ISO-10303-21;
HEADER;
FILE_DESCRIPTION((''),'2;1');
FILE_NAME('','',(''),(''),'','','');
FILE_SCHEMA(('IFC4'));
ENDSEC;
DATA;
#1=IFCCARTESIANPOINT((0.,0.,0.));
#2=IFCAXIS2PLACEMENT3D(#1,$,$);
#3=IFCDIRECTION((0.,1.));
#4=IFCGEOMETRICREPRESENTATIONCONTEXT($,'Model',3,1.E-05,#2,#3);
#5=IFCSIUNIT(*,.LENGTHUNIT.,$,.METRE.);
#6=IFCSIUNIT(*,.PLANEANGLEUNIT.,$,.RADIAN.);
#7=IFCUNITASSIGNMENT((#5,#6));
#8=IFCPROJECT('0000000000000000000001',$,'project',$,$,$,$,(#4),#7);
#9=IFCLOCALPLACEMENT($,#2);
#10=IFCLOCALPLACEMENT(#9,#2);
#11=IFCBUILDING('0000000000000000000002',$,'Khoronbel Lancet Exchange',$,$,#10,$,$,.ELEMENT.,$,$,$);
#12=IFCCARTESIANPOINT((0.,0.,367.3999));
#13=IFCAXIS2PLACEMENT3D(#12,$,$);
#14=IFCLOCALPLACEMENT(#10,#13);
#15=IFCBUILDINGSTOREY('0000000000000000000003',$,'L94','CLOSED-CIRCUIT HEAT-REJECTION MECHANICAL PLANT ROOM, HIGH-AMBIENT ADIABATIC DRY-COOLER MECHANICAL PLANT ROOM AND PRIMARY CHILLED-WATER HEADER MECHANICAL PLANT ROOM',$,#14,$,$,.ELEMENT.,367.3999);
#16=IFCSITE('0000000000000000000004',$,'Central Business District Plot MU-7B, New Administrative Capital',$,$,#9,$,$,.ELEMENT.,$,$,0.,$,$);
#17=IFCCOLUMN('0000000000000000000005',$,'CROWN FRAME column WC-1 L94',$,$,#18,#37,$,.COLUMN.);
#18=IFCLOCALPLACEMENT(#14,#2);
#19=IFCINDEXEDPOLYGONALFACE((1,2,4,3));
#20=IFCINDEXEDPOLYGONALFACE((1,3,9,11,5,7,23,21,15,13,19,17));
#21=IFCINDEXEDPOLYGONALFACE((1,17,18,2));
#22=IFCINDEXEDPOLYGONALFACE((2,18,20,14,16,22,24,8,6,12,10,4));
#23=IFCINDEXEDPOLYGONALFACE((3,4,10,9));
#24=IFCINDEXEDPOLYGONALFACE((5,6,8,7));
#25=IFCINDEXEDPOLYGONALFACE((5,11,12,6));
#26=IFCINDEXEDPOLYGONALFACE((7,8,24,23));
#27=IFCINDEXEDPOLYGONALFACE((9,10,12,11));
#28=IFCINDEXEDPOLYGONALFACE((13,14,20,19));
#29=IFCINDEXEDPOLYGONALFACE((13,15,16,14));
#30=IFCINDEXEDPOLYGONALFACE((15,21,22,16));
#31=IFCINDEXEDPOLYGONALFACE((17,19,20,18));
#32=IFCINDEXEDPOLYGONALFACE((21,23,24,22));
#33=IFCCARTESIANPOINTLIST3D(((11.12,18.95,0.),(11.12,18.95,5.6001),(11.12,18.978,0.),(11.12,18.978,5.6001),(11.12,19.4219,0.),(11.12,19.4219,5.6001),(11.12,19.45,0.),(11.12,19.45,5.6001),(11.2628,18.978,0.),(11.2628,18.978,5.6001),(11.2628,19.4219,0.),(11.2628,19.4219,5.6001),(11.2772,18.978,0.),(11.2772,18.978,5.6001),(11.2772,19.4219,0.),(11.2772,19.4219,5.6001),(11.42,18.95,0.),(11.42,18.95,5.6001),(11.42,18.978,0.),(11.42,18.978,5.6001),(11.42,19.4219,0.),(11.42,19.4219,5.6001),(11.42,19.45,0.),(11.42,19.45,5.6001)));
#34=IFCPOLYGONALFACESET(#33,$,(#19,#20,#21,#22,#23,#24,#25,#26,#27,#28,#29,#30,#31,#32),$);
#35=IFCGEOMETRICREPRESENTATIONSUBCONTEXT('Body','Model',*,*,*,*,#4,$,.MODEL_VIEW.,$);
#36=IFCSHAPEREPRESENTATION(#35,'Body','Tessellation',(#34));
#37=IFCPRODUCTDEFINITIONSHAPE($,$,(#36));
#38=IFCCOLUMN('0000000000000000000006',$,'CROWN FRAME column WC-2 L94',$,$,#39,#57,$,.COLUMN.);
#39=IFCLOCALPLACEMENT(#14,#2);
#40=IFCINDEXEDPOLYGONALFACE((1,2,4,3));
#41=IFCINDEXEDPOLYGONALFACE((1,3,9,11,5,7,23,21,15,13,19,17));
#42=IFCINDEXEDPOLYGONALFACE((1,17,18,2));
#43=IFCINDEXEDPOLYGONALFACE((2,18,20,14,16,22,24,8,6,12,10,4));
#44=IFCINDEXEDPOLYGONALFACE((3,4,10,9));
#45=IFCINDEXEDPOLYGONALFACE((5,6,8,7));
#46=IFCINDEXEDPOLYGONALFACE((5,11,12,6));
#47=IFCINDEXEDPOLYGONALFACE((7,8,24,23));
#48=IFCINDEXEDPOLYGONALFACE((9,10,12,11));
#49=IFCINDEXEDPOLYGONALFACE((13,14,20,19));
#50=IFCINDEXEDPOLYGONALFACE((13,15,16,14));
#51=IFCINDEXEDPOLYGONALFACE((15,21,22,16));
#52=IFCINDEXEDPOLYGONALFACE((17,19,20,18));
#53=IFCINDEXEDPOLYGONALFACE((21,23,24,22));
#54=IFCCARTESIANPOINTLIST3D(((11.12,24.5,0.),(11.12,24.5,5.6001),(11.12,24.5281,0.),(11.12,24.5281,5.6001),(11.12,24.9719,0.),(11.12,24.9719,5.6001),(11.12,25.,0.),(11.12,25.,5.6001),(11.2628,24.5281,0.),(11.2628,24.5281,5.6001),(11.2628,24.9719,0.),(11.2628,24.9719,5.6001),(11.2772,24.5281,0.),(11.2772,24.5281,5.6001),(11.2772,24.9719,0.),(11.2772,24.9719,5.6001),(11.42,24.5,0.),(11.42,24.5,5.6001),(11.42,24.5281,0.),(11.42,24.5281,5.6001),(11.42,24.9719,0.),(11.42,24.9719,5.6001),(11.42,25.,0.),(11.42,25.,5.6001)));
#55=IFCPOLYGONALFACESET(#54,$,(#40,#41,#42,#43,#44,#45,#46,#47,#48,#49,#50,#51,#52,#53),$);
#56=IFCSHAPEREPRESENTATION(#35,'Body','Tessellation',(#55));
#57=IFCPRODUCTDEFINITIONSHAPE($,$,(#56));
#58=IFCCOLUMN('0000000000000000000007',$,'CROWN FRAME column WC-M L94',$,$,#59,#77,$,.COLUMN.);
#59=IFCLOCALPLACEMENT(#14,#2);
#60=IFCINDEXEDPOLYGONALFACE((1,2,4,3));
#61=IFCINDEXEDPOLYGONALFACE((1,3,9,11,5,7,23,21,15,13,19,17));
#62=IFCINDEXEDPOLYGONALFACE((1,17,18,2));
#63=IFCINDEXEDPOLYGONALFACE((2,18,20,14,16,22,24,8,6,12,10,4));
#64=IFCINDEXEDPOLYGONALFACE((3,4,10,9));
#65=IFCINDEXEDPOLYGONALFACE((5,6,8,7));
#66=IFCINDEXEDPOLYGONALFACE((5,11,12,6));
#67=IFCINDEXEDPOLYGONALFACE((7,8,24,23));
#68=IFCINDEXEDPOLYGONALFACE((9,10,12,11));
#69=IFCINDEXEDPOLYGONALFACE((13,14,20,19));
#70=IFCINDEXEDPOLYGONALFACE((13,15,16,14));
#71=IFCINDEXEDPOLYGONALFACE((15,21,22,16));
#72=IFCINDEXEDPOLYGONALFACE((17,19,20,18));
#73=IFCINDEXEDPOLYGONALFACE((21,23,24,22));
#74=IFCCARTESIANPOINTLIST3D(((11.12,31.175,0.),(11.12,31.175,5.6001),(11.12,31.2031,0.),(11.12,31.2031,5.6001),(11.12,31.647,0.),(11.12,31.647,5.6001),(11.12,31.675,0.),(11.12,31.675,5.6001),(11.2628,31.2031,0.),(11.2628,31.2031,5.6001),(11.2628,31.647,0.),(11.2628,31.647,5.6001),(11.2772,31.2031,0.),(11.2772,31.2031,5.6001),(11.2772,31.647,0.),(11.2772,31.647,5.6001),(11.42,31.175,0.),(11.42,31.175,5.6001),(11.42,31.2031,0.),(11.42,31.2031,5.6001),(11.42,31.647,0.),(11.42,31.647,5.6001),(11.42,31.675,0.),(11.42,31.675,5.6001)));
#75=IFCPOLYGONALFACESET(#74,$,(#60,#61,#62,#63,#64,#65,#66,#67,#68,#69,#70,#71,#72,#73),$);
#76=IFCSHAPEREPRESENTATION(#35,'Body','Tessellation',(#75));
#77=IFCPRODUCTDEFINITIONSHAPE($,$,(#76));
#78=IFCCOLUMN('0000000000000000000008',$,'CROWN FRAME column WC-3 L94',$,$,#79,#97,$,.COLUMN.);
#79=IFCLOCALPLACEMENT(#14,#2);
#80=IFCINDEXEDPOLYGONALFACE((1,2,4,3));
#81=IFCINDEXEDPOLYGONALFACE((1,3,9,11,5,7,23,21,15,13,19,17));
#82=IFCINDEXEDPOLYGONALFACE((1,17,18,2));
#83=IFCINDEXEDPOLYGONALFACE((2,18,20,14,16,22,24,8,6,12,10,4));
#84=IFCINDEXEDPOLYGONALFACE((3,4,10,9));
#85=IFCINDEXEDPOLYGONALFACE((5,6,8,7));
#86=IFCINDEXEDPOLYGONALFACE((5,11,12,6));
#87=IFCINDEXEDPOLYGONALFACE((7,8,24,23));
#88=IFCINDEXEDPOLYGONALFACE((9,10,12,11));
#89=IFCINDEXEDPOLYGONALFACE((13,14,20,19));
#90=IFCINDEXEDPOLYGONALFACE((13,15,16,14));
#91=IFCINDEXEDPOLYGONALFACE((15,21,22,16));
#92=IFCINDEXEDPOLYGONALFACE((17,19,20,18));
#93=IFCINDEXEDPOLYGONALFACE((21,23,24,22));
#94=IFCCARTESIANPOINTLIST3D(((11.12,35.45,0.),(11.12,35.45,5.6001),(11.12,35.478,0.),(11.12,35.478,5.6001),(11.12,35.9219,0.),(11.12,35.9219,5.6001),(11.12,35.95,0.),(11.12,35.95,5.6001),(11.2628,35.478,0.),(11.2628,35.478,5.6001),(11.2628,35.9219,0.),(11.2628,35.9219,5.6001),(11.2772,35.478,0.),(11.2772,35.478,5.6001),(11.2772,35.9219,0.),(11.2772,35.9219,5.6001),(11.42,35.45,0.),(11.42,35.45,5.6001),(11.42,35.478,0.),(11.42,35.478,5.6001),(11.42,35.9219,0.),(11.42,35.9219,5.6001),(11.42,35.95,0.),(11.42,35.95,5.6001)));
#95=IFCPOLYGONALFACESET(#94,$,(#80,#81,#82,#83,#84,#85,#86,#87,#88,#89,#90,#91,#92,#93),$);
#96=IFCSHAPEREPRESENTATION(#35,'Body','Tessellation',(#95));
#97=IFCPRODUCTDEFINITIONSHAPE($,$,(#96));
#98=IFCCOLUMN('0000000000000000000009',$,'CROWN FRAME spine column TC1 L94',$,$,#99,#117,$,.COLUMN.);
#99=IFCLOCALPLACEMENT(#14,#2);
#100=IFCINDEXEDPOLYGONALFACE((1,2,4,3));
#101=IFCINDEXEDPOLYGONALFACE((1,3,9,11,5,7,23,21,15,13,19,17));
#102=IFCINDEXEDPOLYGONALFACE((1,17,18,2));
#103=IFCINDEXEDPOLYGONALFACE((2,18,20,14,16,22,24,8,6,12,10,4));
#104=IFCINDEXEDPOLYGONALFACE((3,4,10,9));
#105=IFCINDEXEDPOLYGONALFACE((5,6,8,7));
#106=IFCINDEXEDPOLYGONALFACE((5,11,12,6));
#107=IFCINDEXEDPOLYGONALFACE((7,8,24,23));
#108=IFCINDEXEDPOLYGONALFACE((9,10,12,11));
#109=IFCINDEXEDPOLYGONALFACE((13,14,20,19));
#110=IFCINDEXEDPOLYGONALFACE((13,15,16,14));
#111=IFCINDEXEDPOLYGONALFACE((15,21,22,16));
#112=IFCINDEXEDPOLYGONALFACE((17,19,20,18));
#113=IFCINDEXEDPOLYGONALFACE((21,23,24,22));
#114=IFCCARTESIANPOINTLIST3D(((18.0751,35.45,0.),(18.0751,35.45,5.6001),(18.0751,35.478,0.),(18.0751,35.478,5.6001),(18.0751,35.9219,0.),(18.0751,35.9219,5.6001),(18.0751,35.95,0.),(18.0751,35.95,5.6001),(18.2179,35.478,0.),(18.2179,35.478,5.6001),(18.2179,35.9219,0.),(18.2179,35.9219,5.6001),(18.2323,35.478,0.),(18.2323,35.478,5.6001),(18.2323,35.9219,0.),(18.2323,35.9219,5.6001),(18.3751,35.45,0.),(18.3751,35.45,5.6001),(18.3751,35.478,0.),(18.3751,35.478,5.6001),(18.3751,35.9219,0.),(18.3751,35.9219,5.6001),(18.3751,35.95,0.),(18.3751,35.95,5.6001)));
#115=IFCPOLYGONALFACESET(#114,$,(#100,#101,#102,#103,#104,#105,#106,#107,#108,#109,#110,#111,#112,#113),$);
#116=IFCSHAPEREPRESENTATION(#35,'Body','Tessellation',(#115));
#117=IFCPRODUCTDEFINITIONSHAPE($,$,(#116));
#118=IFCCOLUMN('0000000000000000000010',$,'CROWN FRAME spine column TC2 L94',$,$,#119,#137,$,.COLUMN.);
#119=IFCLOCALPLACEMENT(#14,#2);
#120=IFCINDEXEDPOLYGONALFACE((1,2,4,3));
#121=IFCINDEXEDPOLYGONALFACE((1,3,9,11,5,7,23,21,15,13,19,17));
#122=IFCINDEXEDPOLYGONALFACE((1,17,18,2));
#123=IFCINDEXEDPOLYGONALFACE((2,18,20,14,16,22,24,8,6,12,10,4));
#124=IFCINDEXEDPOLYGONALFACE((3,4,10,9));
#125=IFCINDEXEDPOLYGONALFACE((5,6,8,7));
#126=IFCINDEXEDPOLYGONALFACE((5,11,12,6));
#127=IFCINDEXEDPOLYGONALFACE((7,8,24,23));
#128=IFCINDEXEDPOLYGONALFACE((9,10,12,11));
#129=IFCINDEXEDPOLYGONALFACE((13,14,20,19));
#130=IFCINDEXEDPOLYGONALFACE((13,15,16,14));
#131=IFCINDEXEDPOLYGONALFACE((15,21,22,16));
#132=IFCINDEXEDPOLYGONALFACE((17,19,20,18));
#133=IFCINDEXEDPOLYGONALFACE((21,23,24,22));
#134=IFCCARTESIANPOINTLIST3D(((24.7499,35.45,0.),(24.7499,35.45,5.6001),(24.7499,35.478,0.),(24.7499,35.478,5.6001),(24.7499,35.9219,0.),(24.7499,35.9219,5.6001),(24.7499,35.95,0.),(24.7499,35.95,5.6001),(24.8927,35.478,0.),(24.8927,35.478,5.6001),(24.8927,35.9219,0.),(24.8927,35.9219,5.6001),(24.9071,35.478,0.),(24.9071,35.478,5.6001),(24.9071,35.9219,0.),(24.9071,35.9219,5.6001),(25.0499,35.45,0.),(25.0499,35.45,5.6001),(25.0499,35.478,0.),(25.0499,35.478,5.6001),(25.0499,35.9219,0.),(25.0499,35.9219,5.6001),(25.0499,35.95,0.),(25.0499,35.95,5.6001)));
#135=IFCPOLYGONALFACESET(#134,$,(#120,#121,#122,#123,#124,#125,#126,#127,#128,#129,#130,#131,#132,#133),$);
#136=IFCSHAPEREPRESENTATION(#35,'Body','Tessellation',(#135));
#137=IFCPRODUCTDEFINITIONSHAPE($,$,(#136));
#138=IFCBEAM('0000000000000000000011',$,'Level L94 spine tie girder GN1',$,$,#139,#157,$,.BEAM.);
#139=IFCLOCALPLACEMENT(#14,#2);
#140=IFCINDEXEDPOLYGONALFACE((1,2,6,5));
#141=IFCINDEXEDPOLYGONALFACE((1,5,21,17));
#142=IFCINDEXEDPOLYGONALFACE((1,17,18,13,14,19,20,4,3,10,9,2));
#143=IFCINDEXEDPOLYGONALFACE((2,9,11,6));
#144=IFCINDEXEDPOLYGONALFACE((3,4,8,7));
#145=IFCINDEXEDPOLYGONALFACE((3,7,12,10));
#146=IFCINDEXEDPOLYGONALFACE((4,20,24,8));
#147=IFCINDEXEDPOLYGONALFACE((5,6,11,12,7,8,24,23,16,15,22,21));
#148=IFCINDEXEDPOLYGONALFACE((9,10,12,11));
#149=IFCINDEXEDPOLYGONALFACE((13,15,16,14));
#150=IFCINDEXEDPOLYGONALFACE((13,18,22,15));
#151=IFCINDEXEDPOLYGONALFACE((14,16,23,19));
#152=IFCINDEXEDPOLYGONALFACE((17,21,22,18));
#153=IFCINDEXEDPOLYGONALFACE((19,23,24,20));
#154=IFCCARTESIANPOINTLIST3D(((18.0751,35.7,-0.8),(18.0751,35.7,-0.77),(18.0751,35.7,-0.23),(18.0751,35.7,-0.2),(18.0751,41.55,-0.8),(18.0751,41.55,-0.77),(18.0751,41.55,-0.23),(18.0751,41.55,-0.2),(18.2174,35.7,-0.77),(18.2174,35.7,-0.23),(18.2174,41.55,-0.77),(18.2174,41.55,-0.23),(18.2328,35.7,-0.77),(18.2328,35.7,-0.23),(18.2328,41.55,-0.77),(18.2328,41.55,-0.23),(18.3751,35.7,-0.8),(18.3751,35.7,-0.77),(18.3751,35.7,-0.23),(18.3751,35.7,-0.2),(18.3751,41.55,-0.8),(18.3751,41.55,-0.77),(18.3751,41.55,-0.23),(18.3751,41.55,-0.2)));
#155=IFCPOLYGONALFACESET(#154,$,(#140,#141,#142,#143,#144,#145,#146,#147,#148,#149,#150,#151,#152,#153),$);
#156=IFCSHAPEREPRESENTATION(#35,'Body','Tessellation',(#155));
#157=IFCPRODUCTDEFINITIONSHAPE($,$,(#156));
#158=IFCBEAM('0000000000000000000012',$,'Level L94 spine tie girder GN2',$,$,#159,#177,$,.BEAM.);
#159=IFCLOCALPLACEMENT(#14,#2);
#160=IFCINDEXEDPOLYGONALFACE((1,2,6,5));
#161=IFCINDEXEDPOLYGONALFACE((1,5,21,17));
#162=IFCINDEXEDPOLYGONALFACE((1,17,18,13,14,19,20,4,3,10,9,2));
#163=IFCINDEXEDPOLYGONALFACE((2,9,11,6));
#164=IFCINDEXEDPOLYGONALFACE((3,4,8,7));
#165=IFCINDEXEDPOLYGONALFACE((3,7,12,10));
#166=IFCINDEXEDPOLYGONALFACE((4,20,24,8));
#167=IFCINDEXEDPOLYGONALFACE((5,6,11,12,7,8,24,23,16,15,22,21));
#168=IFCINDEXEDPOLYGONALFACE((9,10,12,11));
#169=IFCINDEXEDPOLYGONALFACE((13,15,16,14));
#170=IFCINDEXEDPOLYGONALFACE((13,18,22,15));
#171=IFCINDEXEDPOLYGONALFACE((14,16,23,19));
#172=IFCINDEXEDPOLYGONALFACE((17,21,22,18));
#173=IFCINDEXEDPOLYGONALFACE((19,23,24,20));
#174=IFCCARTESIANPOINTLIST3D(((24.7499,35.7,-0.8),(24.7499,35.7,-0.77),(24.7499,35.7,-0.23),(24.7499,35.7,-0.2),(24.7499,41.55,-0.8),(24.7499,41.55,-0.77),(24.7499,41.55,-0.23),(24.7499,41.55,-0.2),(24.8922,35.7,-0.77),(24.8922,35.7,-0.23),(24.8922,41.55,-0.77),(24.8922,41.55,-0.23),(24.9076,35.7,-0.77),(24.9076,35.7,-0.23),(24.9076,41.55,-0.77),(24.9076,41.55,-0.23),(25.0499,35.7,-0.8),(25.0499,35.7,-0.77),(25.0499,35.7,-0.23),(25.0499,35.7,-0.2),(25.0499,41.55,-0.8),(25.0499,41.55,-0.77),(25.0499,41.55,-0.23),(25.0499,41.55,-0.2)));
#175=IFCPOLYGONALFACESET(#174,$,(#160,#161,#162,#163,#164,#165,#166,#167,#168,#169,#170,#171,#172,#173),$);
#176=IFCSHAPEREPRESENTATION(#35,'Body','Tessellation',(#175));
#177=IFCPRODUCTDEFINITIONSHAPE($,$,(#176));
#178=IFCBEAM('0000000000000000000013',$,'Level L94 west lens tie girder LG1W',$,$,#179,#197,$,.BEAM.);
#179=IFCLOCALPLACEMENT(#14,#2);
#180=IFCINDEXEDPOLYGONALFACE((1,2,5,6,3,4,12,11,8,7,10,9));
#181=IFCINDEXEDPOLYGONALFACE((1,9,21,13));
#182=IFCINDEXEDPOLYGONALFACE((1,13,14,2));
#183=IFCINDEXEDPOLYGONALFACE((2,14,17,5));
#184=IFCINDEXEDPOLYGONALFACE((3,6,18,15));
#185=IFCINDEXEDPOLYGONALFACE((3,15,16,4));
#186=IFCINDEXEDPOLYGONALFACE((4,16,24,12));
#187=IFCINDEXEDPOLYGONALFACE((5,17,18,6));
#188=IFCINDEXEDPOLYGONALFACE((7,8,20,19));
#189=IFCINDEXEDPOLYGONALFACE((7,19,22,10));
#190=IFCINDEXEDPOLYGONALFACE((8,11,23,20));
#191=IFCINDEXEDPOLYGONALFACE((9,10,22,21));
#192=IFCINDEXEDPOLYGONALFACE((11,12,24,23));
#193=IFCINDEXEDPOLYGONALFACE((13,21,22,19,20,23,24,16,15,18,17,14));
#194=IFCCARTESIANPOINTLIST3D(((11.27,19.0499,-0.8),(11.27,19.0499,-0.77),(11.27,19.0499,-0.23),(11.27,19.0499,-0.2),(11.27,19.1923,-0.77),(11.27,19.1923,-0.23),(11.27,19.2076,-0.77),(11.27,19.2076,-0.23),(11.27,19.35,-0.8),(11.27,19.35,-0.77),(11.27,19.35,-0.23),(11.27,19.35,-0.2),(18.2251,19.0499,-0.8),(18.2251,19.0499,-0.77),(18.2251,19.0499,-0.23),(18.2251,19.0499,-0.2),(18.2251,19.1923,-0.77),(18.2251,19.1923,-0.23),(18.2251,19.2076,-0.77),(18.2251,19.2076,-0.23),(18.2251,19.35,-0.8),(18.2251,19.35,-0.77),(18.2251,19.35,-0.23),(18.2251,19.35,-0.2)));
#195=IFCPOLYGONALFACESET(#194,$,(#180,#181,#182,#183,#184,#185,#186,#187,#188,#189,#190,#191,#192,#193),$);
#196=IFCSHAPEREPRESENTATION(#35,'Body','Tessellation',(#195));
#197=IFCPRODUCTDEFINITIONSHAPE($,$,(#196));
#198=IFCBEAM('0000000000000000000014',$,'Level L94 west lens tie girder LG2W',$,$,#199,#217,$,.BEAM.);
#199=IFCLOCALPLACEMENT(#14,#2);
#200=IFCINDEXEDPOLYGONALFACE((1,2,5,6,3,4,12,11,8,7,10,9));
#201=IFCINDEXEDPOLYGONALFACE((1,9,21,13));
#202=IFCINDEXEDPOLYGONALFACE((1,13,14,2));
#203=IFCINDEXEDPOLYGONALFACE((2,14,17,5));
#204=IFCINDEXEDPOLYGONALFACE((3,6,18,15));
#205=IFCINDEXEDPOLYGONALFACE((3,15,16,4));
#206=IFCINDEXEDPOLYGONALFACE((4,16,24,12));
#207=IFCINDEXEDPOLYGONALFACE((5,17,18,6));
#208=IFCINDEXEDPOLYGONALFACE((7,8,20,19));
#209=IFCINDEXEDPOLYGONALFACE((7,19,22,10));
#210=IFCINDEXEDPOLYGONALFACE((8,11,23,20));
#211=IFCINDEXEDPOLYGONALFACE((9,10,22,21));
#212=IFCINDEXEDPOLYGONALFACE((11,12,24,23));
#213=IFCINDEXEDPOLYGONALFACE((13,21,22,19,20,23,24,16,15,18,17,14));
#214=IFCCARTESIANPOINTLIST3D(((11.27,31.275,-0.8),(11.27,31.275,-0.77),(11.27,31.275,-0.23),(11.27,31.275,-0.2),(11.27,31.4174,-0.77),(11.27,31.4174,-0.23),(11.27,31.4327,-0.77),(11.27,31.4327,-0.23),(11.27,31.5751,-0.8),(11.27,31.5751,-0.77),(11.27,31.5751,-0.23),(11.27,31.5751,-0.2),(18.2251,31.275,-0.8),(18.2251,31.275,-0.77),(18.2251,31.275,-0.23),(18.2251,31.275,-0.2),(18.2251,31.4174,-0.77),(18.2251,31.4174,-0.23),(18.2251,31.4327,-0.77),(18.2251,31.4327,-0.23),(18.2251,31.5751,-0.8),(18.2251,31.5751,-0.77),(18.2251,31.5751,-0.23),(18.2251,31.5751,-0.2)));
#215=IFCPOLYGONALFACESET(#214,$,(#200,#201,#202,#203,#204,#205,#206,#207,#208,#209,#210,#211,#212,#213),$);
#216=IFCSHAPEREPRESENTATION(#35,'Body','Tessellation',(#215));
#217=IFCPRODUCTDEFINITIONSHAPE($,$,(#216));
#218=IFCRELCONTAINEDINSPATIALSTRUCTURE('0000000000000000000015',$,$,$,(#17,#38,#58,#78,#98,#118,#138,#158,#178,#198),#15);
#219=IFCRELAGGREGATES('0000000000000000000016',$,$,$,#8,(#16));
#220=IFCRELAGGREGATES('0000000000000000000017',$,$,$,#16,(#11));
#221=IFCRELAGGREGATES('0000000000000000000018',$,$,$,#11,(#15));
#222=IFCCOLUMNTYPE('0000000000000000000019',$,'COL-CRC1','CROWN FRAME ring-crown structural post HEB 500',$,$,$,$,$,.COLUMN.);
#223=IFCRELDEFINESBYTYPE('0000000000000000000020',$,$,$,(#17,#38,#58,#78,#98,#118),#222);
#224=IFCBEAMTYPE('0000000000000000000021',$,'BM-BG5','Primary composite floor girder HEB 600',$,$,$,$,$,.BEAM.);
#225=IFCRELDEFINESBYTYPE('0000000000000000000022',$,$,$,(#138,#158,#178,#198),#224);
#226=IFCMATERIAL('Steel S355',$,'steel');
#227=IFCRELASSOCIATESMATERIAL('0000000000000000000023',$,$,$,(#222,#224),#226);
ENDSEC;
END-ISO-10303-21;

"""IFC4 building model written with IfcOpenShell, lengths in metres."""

from ifc_helpers import new_model, si_unit, direction, frame, origin, origin_2d, place, context, subcontext, project, spatial, i_section, extrude, material, material_profile, profile_set, type_object, element, save


model = new_model("IFC4")

# Units and contexts
model_context = context("Model", 3, precision=1e-05, world=origin(), true_north=direction((0.0, 1.0)))
body_context = subcontext(model_context, "Body", "Model", "MODEL_VIEW")
ifc_project = project(units=[si_unit("LENGTHUNIT", "METRE"), si_unit("PLANEANGLEUNIT", "RADIAN")], contexts=[model_context])

# Site, building, storey
site_placement = place(None, origin())
site = spatial("IfcSite", under=ifc_project, at=site_placement, Name="Central Business District Plot MU-7B, New Administrative Capital", CompositionType="ELEMENT", RefElevation=0.0)
building_placement = place(site_placement, origin())
building = spatial("IfcBuilding", under=site, at=building_placement, Name="Khoronbel Lancet Exchange", CompositionType="ELEMENT")
storey_placement = place(building_placement, frame((0.0, 0.0, 367.3999)))
storey = spatial("IfcBuildingStorey", under=building, at=storey_placement, Name="L94", Description="CLOSED-CIRCUIT HEAT-REJECTION MECHANICAL PLANT ROOM, HIGH-AMBIENT ADIABATIC DRY-COOLER MECHANICAL PLANT ROOM AND PRIMARY CHILLED-WATER HEADER MECHANICAL PLANT ROOM", CompositionType="ELEMENT", Elevation=367.3999)

# Columns
ifc_material_1 = material(Name="Steel S355", Category="steel")
ifc_material_profile_1 = material_profile(ifc_material_1, i_section(OverallWidth=0.3, OverallDepth=0.5, WebThickness=0.0144, FlangeThickness=0.0281, at=origin_2d()), Name="HEB 500")
ifc_profile_set_1 = profile_set([ifc_material_profile_1], Name="Steel S355")
column_type = type_object("IfcColumnType", Name="COL-CRC1", Description="CROWN FRAME ring-crown structural post HEB 500", PredefinedType="COLUMN", material=ifc_profile_set_1)
for number, where, z_axis, x_axis, name in (
    (1, (11.27, 19.2, 0.0), (0.0, 0.0, 1.0), (1.0, 0.0, 0.0), "CROWN FRAME column WC-1 L94"),
    (2, (11.27, 24.75, 0.0), (0.0, 0.0, 1.0), (1.0, 0.0, 0.0), "CROWN FRAME column WC-2 L94"),
    (3, (11.27, 31.425, 0.0), (0.0, 0.0, 1.0), (1.0, 0.0, 0.0), "CROWN FRAME column WC-M L94"),
    (4, (11.27, 35.7, 0.0), (0.0, 0.0, 1.0), (1.0, 0.0, 0.0), "CROWN FRAME column WC-3 L94"),
    (5, (18.2251, 35.7, 0.0), (0.0, 0.0, 1.0), (1.0, 0.0, 0.0), "CROWN FRAME spine column TC1 L94"),
    (6, (24.8999, 35.7, 0.0), (0.0, 0.0, 1.0), (1.0, 0.0, 0.0), "CROWN FRAME spine column TC2 L94"),
):
    element("IfcColumn", number, at=place(storey_placement, frame(where, z_axis=z_axis, x_axis=x_axis)), inside=storey, type_object=column_type, Name=name, PredefinedType="COLUMN", context=body_context, shape_type="SweptSolid", body=[
        extrude(i_section(OverallWidth=0.3, OverallDepth=0.5, WebThickness=0.0144, FlangeThickness=0.0281, at=origin_2d()), origin(), (0.0, 0.0, 1.0), 5.6001),
    ])

# Beams
ifc_material_profile_2 = material_profile(ifc_material_1, i_section(OverallWidth=0.3, OverallDepth=0.6001, WebThickness=0.0154, FlangeThickness=0.03, at=origin_2d()), Name="HEB 600")
ifc_profile_set_2 = profile_set([ifc_material_profile_2], Name="Steel S355")
beam_type_1 = type_object("IfcBeamType", Name="BM-BG5", Description="Primary composite floor girder HEB 600", PredefinedType="BEAM", material=ifc_profile_set_2)
for number, where, z_axis, x_axis, name in (
    (7, (18.2251, 35.7, -0.5), (0.0, 1.0, 0.0), (-1.0, 0.0, 0.0), "Level L94 spine tie girder GN1"),
    (8, (24.8999, 35.7, -0.5), (0.0, 1.0, 0.0), (-1.0, 0.0, 0.0), "Level L94 spine tie girder GN2"),
):
    element("IfcBeam", number, at=place(storey_placement, frame(where, z_axis=z_axis, x_axis=x_axis)), inside=storey, type_object=beam_type_1, Name=name, PredefinedType="BEAM", context=body_context, shape_type="SweptSolid", body=[
        extrude(i_section(OverallWidth=0.3, OverallDepth=0.6001, WebThickness=0.0154, FlangeThickness=0.03, at=origin_2d()), origin(), (0.0, 0.0, 1.0), 5.8501),
    ])
for number, where, z_axis, x_axis, name in (
    (9, (11.27, 19.2, -0.5), (1.0, 0.0, 0.0), (0.0, 1.0, 0.0), "Level L94 west lens tie girder LG1W"),
    (10, (11.27, 31.425, -0.5), (1.0, 0.0, 0.0), (0.0, 1.0, 0.0), "Level L94 west lens tie girder LG2W"),
):
    element("IfcBeam", number, at=place(storey_placement, frame(where, z_axis=z_axis, x_axis=x_axis)), inside=storey, type_object=beam_type_1, Name=name, PredefinedType="BEAM", context=body_context, shape_type="SweptSolid", body=[
        extrude(i_section(OverallWidth=0.3, OverallDepth=0.6001, WebThickness=0.0154, FlangeThickness=0.03, at=origin_2d()), origin(), (0.0, 0.0, 1.0), 6.9551),
    ])

save(model, "model.ifc")
